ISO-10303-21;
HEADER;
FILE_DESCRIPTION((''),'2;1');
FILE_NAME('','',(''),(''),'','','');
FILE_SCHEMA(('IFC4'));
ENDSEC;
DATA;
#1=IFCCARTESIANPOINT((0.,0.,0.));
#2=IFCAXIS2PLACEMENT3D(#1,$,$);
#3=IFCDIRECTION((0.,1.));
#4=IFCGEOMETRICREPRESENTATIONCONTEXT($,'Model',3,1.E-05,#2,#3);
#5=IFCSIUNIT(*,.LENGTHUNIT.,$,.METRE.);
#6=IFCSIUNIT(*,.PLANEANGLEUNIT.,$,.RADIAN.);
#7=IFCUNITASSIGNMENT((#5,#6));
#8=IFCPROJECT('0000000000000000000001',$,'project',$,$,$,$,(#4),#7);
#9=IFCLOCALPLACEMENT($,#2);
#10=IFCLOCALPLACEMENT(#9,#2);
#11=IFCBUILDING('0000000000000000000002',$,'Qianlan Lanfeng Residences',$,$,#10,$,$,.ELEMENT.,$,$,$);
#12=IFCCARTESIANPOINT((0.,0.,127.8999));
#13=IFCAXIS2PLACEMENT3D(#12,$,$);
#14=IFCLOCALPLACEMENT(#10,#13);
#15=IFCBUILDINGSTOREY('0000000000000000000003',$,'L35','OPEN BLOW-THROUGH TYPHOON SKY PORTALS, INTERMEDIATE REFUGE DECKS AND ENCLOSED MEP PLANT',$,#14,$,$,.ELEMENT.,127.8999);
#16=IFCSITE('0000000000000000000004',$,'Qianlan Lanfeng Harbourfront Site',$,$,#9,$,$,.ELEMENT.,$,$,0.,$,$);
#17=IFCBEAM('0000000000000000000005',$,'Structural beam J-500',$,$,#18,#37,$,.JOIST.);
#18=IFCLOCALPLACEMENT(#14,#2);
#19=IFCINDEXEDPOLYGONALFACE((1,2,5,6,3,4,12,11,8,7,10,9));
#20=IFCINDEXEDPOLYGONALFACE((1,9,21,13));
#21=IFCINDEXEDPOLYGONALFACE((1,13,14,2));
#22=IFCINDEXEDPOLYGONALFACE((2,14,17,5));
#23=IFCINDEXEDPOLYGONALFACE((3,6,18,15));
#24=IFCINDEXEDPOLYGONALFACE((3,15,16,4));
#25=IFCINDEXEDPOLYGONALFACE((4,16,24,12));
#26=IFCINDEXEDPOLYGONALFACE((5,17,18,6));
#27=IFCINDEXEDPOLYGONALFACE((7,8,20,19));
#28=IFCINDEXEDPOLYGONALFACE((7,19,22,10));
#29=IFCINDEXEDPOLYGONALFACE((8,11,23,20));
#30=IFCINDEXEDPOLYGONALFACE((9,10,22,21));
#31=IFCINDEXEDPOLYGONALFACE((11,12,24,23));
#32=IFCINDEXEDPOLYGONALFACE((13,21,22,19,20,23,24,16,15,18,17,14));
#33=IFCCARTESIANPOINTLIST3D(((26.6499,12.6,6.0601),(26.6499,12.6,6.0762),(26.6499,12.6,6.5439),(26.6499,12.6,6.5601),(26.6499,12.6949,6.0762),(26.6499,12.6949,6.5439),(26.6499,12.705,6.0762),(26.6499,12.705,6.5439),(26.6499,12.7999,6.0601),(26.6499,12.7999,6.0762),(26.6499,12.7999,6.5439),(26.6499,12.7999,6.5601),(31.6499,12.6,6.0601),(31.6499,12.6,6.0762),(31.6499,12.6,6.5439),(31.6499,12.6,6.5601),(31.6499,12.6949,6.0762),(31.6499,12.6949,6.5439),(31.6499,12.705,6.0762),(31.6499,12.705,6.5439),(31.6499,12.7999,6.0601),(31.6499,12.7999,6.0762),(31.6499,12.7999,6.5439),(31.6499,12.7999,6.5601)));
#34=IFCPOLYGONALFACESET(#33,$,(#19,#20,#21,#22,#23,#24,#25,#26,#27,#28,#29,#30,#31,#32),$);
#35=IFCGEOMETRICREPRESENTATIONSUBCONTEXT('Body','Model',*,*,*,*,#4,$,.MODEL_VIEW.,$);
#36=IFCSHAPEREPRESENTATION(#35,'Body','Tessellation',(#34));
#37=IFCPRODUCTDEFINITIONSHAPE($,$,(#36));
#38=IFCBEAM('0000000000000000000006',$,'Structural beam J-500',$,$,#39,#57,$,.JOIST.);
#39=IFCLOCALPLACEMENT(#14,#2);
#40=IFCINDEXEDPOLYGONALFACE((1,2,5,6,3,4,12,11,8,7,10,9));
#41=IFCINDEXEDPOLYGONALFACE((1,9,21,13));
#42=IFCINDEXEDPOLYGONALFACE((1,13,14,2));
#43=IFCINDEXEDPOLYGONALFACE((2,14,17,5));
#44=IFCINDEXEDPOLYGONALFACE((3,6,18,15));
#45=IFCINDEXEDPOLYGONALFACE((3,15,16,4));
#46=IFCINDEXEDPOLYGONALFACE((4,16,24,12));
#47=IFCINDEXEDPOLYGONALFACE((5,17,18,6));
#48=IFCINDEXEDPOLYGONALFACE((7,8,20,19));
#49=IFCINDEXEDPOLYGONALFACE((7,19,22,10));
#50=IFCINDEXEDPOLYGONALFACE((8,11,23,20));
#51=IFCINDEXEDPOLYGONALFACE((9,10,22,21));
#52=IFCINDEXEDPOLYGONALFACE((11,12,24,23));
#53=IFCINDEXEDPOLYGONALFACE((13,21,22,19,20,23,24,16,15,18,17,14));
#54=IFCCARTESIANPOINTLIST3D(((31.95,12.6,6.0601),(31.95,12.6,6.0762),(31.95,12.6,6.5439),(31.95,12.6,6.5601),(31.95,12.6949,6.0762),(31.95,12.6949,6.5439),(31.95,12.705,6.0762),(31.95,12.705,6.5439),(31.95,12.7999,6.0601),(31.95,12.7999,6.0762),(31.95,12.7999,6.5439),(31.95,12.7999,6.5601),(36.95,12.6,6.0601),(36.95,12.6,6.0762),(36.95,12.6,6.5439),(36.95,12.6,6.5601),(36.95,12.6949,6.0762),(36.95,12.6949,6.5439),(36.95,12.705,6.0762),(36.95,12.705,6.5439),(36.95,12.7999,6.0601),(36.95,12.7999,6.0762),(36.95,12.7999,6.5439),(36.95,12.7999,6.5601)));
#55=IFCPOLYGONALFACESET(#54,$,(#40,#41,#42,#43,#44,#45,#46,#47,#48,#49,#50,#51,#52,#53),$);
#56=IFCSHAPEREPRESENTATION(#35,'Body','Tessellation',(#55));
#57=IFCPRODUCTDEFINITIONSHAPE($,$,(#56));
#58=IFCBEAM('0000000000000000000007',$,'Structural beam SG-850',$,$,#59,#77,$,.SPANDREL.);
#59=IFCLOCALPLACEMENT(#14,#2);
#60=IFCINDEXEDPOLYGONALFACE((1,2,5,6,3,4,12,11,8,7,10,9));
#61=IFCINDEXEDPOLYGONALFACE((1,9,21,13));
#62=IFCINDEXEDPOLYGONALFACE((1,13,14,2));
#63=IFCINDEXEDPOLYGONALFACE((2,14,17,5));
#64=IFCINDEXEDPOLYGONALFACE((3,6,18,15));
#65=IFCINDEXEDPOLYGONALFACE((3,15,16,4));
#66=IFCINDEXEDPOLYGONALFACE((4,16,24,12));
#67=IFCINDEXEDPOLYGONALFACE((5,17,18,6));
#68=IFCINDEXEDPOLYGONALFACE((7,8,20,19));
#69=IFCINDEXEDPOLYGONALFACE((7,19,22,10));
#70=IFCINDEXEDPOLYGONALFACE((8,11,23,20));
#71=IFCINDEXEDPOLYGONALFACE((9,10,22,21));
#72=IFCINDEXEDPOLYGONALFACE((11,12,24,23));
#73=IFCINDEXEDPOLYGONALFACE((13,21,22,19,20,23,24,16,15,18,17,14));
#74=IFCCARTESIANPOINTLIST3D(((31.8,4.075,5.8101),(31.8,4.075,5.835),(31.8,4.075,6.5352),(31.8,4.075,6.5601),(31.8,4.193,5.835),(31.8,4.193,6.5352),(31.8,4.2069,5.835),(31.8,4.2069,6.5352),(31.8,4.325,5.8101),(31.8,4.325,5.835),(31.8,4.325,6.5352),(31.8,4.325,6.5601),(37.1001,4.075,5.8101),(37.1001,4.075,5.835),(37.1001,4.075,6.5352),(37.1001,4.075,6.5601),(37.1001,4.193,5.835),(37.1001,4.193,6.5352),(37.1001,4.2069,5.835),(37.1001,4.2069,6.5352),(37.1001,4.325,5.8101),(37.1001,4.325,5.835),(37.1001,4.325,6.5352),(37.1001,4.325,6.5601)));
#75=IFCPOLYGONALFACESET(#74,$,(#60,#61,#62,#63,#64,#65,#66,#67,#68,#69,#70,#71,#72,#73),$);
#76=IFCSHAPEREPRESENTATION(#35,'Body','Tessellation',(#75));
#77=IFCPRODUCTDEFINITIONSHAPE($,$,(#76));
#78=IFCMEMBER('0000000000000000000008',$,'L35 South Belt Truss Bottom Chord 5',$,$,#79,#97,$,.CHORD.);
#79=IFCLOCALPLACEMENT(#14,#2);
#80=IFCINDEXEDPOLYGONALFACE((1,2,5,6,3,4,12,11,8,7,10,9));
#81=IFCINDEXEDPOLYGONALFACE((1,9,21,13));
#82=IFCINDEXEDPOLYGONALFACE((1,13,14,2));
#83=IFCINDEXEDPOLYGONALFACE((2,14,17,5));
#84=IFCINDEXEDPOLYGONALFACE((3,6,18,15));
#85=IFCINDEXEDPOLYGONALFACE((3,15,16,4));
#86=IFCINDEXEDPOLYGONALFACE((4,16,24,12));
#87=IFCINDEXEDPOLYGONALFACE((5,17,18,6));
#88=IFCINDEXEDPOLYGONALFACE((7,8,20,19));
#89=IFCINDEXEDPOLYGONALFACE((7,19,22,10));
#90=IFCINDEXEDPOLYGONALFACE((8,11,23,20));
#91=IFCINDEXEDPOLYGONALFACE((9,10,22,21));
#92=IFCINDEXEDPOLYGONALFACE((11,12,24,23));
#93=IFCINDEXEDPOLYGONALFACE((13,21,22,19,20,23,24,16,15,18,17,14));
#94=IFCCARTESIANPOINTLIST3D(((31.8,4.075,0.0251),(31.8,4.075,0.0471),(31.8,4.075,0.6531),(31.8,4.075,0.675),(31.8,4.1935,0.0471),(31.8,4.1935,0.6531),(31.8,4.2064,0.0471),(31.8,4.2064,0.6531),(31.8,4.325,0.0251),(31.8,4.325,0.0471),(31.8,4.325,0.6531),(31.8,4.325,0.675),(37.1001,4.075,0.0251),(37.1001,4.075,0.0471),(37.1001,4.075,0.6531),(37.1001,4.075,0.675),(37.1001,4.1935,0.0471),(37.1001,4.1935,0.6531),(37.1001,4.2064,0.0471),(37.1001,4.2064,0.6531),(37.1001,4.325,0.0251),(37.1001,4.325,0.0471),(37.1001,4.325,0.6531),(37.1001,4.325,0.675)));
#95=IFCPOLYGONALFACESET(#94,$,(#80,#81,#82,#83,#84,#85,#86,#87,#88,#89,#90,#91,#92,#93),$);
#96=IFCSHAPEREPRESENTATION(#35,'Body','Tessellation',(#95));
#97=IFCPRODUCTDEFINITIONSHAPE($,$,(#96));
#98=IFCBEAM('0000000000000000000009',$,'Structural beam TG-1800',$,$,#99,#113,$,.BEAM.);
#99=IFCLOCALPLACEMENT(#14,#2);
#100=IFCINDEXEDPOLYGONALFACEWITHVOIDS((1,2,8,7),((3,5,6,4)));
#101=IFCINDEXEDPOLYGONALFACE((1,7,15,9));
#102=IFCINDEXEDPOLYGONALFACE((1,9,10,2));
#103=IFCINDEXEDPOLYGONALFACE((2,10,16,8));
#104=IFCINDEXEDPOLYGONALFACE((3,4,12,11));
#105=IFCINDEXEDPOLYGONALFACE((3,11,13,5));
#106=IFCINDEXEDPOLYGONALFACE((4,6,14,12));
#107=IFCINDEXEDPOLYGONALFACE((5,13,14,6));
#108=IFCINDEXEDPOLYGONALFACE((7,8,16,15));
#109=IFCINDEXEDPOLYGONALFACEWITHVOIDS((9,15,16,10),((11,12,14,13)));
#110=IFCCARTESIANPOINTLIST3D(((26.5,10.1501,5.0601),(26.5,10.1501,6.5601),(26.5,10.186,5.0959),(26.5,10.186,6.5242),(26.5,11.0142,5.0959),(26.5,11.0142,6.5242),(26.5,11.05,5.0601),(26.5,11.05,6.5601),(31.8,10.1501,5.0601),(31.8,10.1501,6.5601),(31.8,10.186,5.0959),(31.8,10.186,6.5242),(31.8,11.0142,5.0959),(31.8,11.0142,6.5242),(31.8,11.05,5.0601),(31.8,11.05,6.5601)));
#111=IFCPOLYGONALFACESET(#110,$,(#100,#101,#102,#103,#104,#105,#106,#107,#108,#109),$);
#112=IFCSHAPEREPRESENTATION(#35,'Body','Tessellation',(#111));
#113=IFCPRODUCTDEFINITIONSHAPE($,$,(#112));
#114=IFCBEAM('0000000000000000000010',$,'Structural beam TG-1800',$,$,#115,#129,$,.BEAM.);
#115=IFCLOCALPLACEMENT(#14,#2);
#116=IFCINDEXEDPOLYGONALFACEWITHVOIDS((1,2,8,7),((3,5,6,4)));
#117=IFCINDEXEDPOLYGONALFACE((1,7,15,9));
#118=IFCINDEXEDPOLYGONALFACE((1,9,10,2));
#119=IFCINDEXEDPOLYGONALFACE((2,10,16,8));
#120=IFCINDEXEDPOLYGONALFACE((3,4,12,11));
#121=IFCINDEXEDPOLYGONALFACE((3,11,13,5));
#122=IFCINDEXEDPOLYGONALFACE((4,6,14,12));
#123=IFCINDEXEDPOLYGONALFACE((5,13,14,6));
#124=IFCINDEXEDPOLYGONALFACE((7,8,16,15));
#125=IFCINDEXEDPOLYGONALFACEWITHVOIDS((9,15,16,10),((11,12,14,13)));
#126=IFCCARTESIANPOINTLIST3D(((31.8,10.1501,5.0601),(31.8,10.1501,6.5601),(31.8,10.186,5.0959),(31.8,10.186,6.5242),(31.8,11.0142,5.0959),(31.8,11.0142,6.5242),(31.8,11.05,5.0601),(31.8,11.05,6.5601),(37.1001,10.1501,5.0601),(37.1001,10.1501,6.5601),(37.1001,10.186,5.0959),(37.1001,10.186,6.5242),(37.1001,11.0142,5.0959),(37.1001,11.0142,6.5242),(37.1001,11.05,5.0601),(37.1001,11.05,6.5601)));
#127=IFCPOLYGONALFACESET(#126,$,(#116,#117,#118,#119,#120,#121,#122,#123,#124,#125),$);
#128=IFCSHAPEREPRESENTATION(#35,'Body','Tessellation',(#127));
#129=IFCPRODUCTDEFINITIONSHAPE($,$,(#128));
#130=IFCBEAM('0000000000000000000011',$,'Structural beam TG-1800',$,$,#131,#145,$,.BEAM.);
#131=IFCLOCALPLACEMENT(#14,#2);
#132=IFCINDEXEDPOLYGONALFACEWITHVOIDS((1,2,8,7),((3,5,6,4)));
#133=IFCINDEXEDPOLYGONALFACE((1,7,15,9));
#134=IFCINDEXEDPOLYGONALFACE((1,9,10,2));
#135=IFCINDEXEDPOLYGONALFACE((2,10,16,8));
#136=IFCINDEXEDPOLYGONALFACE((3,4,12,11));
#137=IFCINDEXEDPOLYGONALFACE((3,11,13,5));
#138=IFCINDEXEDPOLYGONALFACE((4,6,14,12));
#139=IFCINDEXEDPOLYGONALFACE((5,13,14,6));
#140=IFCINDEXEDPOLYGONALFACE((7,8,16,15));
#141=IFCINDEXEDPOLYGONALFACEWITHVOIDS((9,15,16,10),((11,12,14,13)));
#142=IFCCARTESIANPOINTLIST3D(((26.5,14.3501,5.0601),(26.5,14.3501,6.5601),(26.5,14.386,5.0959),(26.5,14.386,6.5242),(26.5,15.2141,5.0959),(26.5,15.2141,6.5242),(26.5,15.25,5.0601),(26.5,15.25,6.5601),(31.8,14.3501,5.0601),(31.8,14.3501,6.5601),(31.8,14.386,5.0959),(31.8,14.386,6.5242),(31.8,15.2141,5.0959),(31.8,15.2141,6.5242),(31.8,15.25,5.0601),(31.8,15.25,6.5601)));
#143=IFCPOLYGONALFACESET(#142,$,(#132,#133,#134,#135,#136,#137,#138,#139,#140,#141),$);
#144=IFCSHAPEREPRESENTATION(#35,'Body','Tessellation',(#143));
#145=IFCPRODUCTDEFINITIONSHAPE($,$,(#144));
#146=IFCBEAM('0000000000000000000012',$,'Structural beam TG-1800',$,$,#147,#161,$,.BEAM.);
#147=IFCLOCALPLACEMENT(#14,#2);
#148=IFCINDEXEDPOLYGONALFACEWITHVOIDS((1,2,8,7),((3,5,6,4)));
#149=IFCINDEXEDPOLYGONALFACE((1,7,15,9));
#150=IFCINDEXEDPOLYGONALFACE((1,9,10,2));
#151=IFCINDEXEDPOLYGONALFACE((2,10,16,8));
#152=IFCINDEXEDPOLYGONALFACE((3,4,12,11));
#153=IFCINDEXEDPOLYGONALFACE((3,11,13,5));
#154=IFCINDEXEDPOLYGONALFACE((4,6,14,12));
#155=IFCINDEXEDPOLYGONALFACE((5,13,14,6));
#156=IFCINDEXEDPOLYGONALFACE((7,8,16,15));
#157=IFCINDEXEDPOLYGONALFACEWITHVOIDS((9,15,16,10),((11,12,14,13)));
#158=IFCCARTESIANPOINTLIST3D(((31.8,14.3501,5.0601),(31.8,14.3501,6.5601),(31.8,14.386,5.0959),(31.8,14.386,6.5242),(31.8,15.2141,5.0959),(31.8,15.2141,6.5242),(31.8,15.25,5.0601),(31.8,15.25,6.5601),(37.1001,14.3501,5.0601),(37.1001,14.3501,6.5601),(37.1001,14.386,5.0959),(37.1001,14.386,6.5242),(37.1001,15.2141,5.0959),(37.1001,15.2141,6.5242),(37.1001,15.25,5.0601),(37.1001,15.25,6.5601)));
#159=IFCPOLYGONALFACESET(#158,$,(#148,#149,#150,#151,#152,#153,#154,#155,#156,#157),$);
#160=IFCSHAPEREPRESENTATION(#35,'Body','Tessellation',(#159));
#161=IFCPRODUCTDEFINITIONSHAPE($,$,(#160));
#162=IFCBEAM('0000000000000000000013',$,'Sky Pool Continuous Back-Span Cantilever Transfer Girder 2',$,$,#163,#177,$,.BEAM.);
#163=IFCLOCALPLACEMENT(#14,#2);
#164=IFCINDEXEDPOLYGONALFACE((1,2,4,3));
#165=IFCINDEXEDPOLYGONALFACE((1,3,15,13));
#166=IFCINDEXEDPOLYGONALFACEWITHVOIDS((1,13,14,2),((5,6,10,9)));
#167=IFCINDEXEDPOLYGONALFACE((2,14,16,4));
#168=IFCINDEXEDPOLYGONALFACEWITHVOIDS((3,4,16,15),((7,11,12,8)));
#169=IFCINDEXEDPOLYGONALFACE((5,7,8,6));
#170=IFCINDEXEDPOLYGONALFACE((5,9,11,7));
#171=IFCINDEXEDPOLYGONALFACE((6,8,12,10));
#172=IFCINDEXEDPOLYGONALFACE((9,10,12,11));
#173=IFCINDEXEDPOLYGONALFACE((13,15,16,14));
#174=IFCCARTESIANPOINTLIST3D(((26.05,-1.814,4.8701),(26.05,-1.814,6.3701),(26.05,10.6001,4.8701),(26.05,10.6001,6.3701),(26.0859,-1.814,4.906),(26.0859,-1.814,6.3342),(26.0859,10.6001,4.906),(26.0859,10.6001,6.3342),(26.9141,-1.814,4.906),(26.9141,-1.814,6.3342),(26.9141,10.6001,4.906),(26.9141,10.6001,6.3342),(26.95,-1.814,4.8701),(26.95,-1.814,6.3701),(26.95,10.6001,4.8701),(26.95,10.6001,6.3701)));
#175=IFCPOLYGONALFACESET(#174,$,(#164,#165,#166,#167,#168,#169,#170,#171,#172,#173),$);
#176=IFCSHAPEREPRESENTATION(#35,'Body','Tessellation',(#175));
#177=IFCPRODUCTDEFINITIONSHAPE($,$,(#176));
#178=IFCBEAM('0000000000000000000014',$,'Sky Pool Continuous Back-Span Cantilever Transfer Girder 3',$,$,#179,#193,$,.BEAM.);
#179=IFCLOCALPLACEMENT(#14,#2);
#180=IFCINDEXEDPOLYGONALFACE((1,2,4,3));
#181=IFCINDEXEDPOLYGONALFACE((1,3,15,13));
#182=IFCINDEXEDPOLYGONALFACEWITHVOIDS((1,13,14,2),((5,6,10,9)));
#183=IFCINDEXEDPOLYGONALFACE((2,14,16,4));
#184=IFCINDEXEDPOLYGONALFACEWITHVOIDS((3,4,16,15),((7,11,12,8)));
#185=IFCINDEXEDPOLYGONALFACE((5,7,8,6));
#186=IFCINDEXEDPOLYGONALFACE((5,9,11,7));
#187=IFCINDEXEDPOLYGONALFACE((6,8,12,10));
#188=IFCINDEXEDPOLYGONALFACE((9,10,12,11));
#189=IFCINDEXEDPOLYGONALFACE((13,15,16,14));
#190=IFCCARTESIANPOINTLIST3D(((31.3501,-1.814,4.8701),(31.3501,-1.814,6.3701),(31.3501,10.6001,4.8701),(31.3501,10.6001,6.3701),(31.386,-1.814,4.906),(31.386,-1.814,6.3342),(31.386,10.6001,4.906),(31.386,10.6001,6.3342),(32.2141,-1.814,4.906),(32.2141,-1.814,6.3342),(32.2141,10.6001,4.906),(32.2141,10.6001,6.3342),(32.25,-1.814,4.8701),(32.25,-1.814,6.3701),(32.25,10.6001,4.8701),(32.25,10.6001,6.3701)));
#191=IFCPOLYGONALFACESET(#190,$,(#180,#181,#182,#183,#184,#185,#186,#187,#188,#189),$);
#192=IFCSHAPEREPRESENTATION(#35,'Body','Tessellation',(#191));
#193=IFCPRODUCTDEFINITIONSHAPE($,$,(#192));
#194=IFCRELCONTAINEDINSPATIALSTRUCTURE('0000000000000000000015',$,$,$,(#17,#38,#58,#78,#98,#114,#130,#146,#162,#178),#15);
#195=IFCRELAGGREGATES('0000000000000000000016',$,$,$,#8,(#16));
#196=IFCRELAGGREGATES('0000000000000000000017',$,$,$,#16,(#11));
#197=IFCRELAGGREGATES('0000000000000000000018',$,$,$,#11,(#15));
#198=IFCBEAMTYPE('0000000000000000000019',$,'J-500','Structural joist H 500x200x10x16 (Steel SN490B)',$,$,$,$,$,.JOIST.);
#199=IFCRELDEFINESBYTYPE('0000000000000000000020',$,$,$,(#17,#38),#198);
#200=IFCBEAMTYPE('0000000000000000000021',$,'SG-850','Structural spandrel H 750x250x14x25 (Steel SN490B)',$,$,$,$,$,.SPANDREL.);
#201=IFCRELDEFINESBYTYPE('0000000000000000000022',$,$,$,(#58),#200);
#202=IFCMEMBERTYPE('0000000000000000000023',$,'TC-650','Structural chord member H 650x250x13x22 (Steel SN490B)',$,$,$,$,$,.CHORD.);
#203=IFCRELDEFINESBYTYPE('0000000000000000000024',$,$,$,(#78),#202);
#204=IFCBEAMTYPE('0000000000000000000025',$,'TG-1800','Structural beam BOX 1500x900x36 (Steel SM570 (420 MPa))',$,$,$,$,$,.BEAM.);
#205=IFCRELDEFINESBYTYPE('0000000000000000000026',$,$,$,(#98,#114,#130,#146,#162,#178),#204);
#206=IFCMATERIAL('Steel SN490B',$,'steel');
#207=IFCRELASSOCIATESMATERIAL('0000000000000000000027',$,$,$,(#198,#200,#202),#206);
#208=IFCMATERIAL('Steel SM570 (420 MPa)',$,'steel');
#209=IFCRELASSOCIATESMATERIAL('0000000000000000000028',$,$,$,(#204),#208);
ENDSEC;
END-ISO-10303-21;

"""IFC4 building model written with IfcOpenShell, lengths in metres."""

from ifc_helpers import new_model, si_unit, direction, frame, origin, origin_2d, place, context, subcontext, project, spatial, hollow_rectangle, i_section, extrude, material, material_profile, profile_set, type_object, element, save


model = new_model("IFC4")

# Units and contexts
model_context = context("Model", 3, precision=1e-05, world=origin(), true_north=direction((0.0, 1.0)))
body_context = subcontext(model_context, "Body", "Model", "MODEL_VIEW")
ifc_project = project(units=[si_unit("LENGTHUNIT", "METRE"), si_unit("PLANEANGLEUNIT", "RADIAN")], contexts=[model_context])

# Site, building, storey
site_placement = place(None, origin())
site = spatial("IfcSite", under=ifc_project, at=site_placement, Name="Qianlan Lanfeng Harbourfront Site", CompositionType="ELEMENT", RefElevation=0.0)
building_placement = place(site_placement, origin())
building = spatial("IfcBuilding", under=site, at=building_placement, Name="Qianlan Lanfeng Residences", CompositionType="ELEMENT")
storey_placement = place(building_placement, frame((0.0, 0.0, 127.8999)))
storey = spatial("IfcBuildingStorey", under=building, at=storey_placement, Name="L35", Description="OPEN BLOW-THROUGH TYPHOON SKY PORTALS, INTERMEDIATE REFUGE DECKS AND ENCLOSED MEP PLANT", CompositionType="ELEMENT", Elevation=127.8999)

# Shared definitions
ifc_material_1 = material(Name="Steel SN490B", Category="steel")

# Beams
ifc_material_profile_1 = material_profile(ifc_material_1, i_section(OverallWidth=0.2, OverallDepth=0.5, WebThickness=0.01, FlangeThickness=0.0161, at=origin_2d()), Name="H 500x200x10x16")
ifc_profile_set_1 = profile_set([ifc_material_profile_1], Name="Steel SN490B")
beam_type_1 = type_object("IfcBeamType", Name="J-500", Description="Structural joist H 500x200x10x16 (Steel SN490B)", PredefinedType="JOIST", material=ifc_profile_set_1)
for number, where, z_axis, x_axis, name in (
    (1, (26.6499, 12.7, 6.3101), (1.0, 0.0, 0.0), (0.0, 1.0, 0.0), "Structural beam J-500"),
    (2, (31.95, 12.7, 6.3101), (1.0, 0.0, 0.0), (0.0, 1.0, 0.0), "Structural beam J-500"),
):
    element("IfcBeam", number, at=place(storey_placement, frame(where, z_axis=z_axis, x_axis=x_axis)), inside=storey, type_object=beam_type_1, Name=name, PredefinedType="JOIST", context=body_context, shape_type="SweptSolid", body=[
        extrude(i_section(OverallWidth=0.2, OverallDepth=0.5, WebThickness=0.01, FlangeThickness=0.0161, at=origin_2d()), origin(), (0.0, 0.0, 1.0), 5.0),
    ])
ifc_material_profile_2 = material_profile(ifc_material_1, i_section(OverallWidth=0.25, OverallDepth=0.75, WebThickness=0.0139, FlangeThickness=0.0249, at=origin_2d()), Name="H 750x250x14x25")
ifc_profile_set_2 = profile_set([ifc_material_profile_2], Name="Steel SN490B")
beam_type_2 = type_object("IfcBeamType", Name="SG-850", Description="Structural spandrel H 750x250x14x25 (Steel SN490B)", PredefinedType="SPANDREL", material=ifc_profile_set_2)
beam_placement = place(storey_placement, frame((31.8, 4.2, 6.1851), z_axis=(1.0, 0.0, 0.0), x_axis=(0.0, 1.0, 0.0)))
element("IfcBeam", 3, at=beam_placement, inside=storey, type_object=beam_type_2, Name="Structural beam SG-850", PredefinedType="SPANDREL", context=body_context, shape_type="SweptSolid", body=[
    extrude(i_section(OverallWidth=0.25, OverallDepth=0.75, WebThickness=0.0139, FlangeThickness=0.0249, at=origin_2d()), origin(), (0.0, 0.0, 1.0), 5.3),
])

# Member
ifc_material_profile_3 = material_profile(ifc_material_1, i_section(OverallWidth=0.25, OverallDepth=0.6499, WebThickness=0.0129, FlangeThickness=0.022, at=origin_2d()), Name="H 650x250x13x22")
ifc_profile_set_3 = profile_set([ifc_material_profile_3], Name="Steel SN490B")
member_type_1 = type_object("IfcMemberType", Name="TC-650", Description="Structural chord member H 650x250x13x22 (Steel SN490B)", PredefinedType="CHORD", material=ifc_profile_set_3)
member_1_placement = place(storey_placement, frame((31.8, 4.2, 0.3501), z_axis=(1.0, 0.0, 0.0), x_axis=(0.0, 1.0, 0.0)))
element("IfcMember", 4, at=member_1_placement, inside=storey, type_object=member_type_1, Name="L35 South Belt Truss Bottom Chord 5", PredefinedType="CHORD", context=body_context, shape_type="SweptSolid", body=[
    extrude(i_section(OverallWidth=0.25, OverallDepth=0.6499, WebThickness=0.0129, FlangeThickness=0.022, at=origin_2d()), origin(), (0.0, 0.0, 1.0), 5.3),
])

# Beams
ifc_material_2 = material(Name="Steel SM570 (420 MPa)", Category="steel")
ifc_material_profile_4 = material_profile(ifc_material_2, hollow_rectangle(XDim=0.8999, YDim=1.5, WallThickness=0.0359, at=origin_2d()), Name="BOX 1500x900x36")
ifc_profile_set_4 = profile_set([ifc_material_profile_4], Name="Steel SM570 (420 MPa)")
beam_type_3 = type_object("IfcBeamType", Name="TG-1800", Description="Structural beam BOX 1500x900x36 (Steel SM570 (420 MPa))", PredefinedType="BEAM", material=ifc_profile_set_4)
for number, where, z_axis, x_axis, name in (
    (5, (26.5, 10.6001, 5.8101), (1.0, 0.0, 0.0), (0.0, 1.0, 0.0), "Structural beam TG-1800"),
    (6, (31.8, 10.6001, 5.8101), (1.0, 0.0, 0.0), (0.0, 1.0, 0.0), "Structural beam TG-1800"),
    (7, (26.5, 14.8, 5.8101), (1.0, 0.0, 0.0), (0.0, 1.0, 0.0), "Structural beam TG-1800"),
    (8, (31.8, 14.8, 5.8101), (1.0, 0.0, 0.0), (0.0, 1.0, 0.0), "Structural beam TG-1800"),
):
    element("IfcBeam", number, at=place(storey_placement, frame(where, z_axis=z_axis, x_axis=x_axis)), inside=storey, type_object=beam_type_3, Name=name, PredefinedType="BEAM", context=body_context, shape_type="SweptSolid", body=[
        extrude(hollow_rectangle(XDim=0.8999, YDim=1.5, WallThickness=0.0359, at=origin_2d()), origin(), (0.0, 0.0, 1.0), 5.3),
    ])
for number, where, z_axis, x_axis, name in (
    (9, (26.5, 10.6001, 5.6201), (0.0, -1.0, 0.0), (1.0, 0.0, 0.0), "Sky Pool Continuous Back-Span Cantilever Transfer Girder 2"),
    (10, (31.8, 10.6001, 5.6201), (0.0, -1.0, 0.0), (1.0, 0.0, 0.0), "Sky Pool Continuous Back-Span Cantilever Transfer Girder 3"),
):
    element("IfcBeam", number, at=place(storey_placement, frame(where, z_axis=z_axis, x_axis=x_axis)), inside=storey, type_object=beam_type_3, Name=name, PredefinedType="BEAM", context=body_context, shape_type="SweptSolid", body=[
        extrude(hollow_rectangle(XDim=0.8999, YDim=1.5, WallThickness=0.0359, at=origin_2d()), origin(), (0.0, 0.0, 1.0), 12.4141),
    ])

save(model, "model.ifc")
